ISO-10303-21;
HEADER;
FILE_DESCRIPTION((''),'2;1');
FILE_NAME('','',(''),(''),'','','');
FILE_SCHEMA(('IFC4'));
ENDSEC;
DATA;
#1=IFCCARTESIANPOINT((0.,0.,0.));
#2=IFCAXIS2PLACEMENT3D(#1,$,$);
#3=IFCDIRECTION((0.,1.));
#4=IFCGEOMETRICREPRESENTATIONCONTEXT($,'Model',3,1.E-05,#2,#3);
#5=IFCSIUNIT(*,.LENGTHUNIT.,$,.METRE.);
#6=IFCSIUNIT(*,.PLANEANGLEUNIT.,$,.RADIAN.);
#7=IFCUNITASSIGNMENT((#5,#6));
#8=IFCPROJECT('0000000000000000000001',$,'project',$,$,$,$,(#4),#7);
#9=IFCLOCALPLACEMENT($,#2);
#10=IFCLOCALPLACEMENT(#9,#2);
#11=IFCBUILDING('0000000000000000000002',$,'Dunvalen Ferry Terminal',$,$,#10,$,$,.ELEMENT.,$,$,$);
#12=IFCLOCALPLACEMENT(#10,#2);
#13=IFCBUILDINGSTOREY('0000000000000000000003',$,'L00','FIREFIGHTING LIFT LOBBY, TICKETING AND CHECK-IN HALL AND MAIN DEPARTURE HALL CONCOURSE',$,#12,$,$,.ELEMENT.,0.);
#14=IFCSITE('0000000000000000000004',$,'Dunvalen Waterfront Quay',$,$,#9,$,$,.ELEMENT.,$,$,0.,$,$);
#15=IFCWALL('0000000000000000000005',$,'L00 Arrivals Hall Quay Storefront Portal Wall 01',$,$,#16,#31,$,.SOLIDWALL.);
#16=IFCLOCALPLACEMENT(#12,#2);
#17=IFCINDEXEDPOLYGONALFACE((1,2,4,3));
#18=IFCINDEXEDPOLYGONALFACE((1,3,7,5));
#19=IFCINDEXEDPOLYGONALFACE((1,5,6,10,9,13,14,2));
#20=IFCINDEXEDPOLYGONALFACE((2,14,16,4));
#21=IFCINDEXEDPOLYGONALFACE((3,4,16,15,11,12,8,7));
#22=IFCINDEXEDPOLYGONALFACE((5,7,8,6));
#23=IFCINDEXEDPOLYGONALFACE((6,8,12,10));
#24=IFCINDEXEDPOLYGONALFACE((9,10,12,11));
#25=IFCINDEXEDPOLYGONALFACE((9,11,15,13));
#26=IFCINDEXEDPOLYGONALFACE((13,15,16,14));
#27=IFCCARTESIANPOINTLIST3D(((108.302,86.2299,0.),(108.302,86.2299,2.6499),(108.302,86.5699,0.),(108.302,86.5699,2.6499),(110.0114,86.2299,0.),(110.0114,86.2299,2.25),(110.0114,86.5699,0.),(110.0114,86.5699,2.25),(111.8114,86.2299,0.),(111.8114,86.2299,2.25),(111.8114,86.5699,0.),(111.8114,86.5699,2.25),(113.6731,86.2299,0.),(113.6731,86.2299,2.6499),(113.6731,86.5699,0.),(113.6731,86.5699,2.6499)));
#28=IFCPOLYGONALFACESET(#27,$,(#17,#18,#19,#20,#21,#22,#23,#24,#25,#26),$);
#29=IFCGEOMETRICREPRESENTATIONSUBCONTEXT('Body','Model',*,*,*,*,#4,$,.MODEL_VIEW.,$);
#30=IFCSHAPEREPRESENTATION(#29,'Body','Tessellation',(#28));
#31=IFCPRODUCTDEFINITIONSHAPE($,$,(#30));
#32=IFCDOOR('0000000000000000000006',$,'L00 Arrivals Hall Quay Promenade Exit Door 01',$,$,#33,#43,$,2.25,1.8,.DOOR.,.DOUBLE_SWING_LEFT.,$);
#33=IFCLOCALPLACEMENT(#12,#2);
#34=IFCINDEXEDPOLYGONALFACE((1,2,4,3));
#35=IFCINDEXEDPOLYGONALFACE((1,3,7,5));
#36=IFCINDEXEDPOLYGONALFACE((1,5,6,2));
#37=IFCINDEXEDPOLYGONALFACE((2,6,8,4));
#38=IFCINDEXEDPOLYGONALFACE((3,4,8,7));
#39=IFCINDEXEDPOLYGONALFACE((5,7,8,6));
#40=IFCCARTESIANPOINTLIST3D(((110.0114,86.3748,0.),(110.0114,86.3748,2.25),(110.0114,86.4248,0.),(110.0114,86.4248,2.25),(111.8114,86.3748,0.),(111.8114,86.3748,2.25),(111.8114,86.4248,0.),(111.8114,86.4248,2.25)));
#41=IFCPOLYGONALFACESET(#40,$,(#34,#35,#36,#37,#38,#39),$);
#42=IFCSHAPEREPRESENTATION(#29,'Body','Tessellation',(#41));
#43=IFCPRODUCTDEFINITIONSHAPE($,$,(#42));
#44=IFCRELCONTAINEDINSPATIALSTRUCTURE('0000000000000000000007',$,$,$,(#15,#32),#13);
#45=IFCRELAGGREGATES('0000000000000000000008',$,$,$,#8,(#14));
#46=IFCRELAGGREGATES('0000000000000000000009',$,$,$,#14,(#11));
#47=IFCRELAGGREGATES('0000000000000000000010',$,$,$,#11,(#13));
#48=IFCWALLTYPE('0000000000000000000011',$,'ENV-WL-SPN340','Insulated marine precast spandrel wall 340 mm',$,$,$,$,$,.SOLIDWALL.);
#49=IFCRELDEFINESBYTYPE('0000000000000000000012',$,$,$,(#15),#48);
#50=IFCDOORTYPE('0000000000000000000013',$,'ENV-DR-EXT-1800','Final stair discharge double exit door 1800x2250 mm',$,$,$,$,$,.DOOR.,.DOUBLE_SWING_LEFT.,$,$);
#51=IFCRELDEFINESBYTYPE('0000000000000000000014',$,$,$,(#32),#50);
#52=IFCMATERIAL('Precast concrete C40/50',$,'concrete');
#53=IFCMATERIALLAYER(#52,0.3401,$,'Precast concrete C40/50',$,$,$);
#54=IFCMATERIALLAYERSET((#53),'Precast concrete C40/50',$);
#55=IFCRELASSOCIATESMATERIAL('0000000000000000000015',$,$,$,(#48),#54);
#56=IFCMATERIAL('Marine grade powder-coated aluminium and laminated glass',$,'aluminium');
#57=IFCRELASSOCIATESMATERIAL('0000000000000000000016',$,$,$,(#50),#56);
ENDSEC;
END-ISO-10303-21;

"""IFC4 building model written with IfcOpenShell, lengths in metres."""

from ifc_helpers import new_model, si_unit, direction, frame, frame_2d, origin, place, context, subcontext, project, spatial, rectangle, extrude, material, layer, layer_set, type_object, element, fill, save


model = new_model("IFC4")

# Units and contexts
model_context = context("Model", 3, precision=1e-05, world=origin(), true_north=direction((0.0, 1.0)))
body_context = subcontext(model_context, "Body", "Model", "MODEL_VIEW")
ifc_project = project(units=[si_unit("LENGTHUNIT", "METRE"), si_unit("PLANEANGLEUNIT", "RADIAN")], contexts=[model_context])

# Site, building, storey
site_placement = place(None, origin())
site = spatial("IfcSite", under=ifc_project, at=site_placement, Name="Dunvalen Waterfront Quay", CompositionType="ELEMENT", RefElevation=0.0)
building_placement = place(site_placement, origin())
building = spatial("IfcBuilding", under=site, at=building_placement, Name="Dunvalen Ferry Terminal", CompositionType="ELEMENT")
storey_placement = place(building_placement, origin())
storey = spatial("IfcBuildingStorey", under=building, at=storey_placement, Name="L00", Description="FIREFIGHTING LIFT LOBBY, TICKETING AND CHECK-IN HALL AND MAIN DEPARTURE HALL CONCOURSE", CompositionType="ELEMENT", Elevation=0.0)

# Wall, opening, door
ifc_material_1 = material(Name="Precast concrete C40/50", Category="concrete")
ifc_layer_1 = layer(ifc_material_1, 0.3401, Name="Precast concrete C40/50")
ifc_layer_set_1 = layer_set([ifc_layer_1], Name="Precast concrete C40/50")
wall_type = type_object("IfcWallType", Name="ENV-WL-SPN340", Description="Insulated marine precast spandrel wall 340 mm", PredefinedType="SOLIDWALL", material=ifc_layer_set_1)
wall_placement = place(storey_placement, frame((108.302, 86.3999, 0.0), z_axis=(0.0, 0.0, 1.0), x_axis=(1.0, 0.0, 0.0)))
wall = element("IfcWall", 1, at=wall_placement, inside=storey, type_object=wall_type, Name="L00 Arrivals Hall Quay Storefront Portal Wall 01", PredefinedType="SOLIDWALL", context=body_context, shape_type="SweptSolid", body=[
    extrude(rectangle(XDim=5.3711, YDim=0.3401, at=frame_2d((2.6855, 0.0))), origin(), (0.0, 0.0, 1.0), 2.6499),
])
opening_placement = place(wall_placement, frame((1.7095, 0.0, 0.0)))
opening = element("IfcOpeningElement", 2, at=opening_placement, cuts=wall, PredefinedType="OPENING", context=body_context, shape_type="SweptSolid", body=[
    extrude(rectangle(XDim=1.8, YDim=2.25, at=frame_2d((0.8999, 1.125))), frame((0.0, 0.1802, 0.0), z_axis=(0.0, -1.0, 0.0), x_axis=(1.0, 0.0, 0.0)), (0.0, 0.0, 1.0), 0.3601),
])
ifc_material_2 = material(Name="Marine grade powder-coated aluminium and laminated glass", Category="aluminium")
door_type = type_object("IfcDoorType", Name="ENV-DR-EXT-1800", Description="Final stair discharge double exit door 1800x2250 mm", OperationType="DOUBLE_SWING_LEFT", PredefinedType="DOOR", material=ifc_material_2)
door_placement = place(opening_placement, origin())
door = element("IfcDoor", 3, at=door_placement, inside=storey, type_object=door_type, Name="L00 Arrivals Hall Quay Promenade Exit Door 01", OperationType="DOUBLE_SWING_LEFT", OverallHeight=2.25, OverallWidth=1.8, PredefinedType="DOOR", context=body_context, shape_type="SweptSolid", body=[
    extrude(rectangle(XDim=1.8, YDim=2.25, at=frame_2d((0.8999, 1.125))), frame((0.0, 0.0249, 0.0), z_axis=(0.0, -1.0, 0.0), x_axis=(1.0, 0.0, 0.0)), (0.0, 0.0, 1.0), 0.05),
])
fill(opening, door)

save(model, "model.ifc")
